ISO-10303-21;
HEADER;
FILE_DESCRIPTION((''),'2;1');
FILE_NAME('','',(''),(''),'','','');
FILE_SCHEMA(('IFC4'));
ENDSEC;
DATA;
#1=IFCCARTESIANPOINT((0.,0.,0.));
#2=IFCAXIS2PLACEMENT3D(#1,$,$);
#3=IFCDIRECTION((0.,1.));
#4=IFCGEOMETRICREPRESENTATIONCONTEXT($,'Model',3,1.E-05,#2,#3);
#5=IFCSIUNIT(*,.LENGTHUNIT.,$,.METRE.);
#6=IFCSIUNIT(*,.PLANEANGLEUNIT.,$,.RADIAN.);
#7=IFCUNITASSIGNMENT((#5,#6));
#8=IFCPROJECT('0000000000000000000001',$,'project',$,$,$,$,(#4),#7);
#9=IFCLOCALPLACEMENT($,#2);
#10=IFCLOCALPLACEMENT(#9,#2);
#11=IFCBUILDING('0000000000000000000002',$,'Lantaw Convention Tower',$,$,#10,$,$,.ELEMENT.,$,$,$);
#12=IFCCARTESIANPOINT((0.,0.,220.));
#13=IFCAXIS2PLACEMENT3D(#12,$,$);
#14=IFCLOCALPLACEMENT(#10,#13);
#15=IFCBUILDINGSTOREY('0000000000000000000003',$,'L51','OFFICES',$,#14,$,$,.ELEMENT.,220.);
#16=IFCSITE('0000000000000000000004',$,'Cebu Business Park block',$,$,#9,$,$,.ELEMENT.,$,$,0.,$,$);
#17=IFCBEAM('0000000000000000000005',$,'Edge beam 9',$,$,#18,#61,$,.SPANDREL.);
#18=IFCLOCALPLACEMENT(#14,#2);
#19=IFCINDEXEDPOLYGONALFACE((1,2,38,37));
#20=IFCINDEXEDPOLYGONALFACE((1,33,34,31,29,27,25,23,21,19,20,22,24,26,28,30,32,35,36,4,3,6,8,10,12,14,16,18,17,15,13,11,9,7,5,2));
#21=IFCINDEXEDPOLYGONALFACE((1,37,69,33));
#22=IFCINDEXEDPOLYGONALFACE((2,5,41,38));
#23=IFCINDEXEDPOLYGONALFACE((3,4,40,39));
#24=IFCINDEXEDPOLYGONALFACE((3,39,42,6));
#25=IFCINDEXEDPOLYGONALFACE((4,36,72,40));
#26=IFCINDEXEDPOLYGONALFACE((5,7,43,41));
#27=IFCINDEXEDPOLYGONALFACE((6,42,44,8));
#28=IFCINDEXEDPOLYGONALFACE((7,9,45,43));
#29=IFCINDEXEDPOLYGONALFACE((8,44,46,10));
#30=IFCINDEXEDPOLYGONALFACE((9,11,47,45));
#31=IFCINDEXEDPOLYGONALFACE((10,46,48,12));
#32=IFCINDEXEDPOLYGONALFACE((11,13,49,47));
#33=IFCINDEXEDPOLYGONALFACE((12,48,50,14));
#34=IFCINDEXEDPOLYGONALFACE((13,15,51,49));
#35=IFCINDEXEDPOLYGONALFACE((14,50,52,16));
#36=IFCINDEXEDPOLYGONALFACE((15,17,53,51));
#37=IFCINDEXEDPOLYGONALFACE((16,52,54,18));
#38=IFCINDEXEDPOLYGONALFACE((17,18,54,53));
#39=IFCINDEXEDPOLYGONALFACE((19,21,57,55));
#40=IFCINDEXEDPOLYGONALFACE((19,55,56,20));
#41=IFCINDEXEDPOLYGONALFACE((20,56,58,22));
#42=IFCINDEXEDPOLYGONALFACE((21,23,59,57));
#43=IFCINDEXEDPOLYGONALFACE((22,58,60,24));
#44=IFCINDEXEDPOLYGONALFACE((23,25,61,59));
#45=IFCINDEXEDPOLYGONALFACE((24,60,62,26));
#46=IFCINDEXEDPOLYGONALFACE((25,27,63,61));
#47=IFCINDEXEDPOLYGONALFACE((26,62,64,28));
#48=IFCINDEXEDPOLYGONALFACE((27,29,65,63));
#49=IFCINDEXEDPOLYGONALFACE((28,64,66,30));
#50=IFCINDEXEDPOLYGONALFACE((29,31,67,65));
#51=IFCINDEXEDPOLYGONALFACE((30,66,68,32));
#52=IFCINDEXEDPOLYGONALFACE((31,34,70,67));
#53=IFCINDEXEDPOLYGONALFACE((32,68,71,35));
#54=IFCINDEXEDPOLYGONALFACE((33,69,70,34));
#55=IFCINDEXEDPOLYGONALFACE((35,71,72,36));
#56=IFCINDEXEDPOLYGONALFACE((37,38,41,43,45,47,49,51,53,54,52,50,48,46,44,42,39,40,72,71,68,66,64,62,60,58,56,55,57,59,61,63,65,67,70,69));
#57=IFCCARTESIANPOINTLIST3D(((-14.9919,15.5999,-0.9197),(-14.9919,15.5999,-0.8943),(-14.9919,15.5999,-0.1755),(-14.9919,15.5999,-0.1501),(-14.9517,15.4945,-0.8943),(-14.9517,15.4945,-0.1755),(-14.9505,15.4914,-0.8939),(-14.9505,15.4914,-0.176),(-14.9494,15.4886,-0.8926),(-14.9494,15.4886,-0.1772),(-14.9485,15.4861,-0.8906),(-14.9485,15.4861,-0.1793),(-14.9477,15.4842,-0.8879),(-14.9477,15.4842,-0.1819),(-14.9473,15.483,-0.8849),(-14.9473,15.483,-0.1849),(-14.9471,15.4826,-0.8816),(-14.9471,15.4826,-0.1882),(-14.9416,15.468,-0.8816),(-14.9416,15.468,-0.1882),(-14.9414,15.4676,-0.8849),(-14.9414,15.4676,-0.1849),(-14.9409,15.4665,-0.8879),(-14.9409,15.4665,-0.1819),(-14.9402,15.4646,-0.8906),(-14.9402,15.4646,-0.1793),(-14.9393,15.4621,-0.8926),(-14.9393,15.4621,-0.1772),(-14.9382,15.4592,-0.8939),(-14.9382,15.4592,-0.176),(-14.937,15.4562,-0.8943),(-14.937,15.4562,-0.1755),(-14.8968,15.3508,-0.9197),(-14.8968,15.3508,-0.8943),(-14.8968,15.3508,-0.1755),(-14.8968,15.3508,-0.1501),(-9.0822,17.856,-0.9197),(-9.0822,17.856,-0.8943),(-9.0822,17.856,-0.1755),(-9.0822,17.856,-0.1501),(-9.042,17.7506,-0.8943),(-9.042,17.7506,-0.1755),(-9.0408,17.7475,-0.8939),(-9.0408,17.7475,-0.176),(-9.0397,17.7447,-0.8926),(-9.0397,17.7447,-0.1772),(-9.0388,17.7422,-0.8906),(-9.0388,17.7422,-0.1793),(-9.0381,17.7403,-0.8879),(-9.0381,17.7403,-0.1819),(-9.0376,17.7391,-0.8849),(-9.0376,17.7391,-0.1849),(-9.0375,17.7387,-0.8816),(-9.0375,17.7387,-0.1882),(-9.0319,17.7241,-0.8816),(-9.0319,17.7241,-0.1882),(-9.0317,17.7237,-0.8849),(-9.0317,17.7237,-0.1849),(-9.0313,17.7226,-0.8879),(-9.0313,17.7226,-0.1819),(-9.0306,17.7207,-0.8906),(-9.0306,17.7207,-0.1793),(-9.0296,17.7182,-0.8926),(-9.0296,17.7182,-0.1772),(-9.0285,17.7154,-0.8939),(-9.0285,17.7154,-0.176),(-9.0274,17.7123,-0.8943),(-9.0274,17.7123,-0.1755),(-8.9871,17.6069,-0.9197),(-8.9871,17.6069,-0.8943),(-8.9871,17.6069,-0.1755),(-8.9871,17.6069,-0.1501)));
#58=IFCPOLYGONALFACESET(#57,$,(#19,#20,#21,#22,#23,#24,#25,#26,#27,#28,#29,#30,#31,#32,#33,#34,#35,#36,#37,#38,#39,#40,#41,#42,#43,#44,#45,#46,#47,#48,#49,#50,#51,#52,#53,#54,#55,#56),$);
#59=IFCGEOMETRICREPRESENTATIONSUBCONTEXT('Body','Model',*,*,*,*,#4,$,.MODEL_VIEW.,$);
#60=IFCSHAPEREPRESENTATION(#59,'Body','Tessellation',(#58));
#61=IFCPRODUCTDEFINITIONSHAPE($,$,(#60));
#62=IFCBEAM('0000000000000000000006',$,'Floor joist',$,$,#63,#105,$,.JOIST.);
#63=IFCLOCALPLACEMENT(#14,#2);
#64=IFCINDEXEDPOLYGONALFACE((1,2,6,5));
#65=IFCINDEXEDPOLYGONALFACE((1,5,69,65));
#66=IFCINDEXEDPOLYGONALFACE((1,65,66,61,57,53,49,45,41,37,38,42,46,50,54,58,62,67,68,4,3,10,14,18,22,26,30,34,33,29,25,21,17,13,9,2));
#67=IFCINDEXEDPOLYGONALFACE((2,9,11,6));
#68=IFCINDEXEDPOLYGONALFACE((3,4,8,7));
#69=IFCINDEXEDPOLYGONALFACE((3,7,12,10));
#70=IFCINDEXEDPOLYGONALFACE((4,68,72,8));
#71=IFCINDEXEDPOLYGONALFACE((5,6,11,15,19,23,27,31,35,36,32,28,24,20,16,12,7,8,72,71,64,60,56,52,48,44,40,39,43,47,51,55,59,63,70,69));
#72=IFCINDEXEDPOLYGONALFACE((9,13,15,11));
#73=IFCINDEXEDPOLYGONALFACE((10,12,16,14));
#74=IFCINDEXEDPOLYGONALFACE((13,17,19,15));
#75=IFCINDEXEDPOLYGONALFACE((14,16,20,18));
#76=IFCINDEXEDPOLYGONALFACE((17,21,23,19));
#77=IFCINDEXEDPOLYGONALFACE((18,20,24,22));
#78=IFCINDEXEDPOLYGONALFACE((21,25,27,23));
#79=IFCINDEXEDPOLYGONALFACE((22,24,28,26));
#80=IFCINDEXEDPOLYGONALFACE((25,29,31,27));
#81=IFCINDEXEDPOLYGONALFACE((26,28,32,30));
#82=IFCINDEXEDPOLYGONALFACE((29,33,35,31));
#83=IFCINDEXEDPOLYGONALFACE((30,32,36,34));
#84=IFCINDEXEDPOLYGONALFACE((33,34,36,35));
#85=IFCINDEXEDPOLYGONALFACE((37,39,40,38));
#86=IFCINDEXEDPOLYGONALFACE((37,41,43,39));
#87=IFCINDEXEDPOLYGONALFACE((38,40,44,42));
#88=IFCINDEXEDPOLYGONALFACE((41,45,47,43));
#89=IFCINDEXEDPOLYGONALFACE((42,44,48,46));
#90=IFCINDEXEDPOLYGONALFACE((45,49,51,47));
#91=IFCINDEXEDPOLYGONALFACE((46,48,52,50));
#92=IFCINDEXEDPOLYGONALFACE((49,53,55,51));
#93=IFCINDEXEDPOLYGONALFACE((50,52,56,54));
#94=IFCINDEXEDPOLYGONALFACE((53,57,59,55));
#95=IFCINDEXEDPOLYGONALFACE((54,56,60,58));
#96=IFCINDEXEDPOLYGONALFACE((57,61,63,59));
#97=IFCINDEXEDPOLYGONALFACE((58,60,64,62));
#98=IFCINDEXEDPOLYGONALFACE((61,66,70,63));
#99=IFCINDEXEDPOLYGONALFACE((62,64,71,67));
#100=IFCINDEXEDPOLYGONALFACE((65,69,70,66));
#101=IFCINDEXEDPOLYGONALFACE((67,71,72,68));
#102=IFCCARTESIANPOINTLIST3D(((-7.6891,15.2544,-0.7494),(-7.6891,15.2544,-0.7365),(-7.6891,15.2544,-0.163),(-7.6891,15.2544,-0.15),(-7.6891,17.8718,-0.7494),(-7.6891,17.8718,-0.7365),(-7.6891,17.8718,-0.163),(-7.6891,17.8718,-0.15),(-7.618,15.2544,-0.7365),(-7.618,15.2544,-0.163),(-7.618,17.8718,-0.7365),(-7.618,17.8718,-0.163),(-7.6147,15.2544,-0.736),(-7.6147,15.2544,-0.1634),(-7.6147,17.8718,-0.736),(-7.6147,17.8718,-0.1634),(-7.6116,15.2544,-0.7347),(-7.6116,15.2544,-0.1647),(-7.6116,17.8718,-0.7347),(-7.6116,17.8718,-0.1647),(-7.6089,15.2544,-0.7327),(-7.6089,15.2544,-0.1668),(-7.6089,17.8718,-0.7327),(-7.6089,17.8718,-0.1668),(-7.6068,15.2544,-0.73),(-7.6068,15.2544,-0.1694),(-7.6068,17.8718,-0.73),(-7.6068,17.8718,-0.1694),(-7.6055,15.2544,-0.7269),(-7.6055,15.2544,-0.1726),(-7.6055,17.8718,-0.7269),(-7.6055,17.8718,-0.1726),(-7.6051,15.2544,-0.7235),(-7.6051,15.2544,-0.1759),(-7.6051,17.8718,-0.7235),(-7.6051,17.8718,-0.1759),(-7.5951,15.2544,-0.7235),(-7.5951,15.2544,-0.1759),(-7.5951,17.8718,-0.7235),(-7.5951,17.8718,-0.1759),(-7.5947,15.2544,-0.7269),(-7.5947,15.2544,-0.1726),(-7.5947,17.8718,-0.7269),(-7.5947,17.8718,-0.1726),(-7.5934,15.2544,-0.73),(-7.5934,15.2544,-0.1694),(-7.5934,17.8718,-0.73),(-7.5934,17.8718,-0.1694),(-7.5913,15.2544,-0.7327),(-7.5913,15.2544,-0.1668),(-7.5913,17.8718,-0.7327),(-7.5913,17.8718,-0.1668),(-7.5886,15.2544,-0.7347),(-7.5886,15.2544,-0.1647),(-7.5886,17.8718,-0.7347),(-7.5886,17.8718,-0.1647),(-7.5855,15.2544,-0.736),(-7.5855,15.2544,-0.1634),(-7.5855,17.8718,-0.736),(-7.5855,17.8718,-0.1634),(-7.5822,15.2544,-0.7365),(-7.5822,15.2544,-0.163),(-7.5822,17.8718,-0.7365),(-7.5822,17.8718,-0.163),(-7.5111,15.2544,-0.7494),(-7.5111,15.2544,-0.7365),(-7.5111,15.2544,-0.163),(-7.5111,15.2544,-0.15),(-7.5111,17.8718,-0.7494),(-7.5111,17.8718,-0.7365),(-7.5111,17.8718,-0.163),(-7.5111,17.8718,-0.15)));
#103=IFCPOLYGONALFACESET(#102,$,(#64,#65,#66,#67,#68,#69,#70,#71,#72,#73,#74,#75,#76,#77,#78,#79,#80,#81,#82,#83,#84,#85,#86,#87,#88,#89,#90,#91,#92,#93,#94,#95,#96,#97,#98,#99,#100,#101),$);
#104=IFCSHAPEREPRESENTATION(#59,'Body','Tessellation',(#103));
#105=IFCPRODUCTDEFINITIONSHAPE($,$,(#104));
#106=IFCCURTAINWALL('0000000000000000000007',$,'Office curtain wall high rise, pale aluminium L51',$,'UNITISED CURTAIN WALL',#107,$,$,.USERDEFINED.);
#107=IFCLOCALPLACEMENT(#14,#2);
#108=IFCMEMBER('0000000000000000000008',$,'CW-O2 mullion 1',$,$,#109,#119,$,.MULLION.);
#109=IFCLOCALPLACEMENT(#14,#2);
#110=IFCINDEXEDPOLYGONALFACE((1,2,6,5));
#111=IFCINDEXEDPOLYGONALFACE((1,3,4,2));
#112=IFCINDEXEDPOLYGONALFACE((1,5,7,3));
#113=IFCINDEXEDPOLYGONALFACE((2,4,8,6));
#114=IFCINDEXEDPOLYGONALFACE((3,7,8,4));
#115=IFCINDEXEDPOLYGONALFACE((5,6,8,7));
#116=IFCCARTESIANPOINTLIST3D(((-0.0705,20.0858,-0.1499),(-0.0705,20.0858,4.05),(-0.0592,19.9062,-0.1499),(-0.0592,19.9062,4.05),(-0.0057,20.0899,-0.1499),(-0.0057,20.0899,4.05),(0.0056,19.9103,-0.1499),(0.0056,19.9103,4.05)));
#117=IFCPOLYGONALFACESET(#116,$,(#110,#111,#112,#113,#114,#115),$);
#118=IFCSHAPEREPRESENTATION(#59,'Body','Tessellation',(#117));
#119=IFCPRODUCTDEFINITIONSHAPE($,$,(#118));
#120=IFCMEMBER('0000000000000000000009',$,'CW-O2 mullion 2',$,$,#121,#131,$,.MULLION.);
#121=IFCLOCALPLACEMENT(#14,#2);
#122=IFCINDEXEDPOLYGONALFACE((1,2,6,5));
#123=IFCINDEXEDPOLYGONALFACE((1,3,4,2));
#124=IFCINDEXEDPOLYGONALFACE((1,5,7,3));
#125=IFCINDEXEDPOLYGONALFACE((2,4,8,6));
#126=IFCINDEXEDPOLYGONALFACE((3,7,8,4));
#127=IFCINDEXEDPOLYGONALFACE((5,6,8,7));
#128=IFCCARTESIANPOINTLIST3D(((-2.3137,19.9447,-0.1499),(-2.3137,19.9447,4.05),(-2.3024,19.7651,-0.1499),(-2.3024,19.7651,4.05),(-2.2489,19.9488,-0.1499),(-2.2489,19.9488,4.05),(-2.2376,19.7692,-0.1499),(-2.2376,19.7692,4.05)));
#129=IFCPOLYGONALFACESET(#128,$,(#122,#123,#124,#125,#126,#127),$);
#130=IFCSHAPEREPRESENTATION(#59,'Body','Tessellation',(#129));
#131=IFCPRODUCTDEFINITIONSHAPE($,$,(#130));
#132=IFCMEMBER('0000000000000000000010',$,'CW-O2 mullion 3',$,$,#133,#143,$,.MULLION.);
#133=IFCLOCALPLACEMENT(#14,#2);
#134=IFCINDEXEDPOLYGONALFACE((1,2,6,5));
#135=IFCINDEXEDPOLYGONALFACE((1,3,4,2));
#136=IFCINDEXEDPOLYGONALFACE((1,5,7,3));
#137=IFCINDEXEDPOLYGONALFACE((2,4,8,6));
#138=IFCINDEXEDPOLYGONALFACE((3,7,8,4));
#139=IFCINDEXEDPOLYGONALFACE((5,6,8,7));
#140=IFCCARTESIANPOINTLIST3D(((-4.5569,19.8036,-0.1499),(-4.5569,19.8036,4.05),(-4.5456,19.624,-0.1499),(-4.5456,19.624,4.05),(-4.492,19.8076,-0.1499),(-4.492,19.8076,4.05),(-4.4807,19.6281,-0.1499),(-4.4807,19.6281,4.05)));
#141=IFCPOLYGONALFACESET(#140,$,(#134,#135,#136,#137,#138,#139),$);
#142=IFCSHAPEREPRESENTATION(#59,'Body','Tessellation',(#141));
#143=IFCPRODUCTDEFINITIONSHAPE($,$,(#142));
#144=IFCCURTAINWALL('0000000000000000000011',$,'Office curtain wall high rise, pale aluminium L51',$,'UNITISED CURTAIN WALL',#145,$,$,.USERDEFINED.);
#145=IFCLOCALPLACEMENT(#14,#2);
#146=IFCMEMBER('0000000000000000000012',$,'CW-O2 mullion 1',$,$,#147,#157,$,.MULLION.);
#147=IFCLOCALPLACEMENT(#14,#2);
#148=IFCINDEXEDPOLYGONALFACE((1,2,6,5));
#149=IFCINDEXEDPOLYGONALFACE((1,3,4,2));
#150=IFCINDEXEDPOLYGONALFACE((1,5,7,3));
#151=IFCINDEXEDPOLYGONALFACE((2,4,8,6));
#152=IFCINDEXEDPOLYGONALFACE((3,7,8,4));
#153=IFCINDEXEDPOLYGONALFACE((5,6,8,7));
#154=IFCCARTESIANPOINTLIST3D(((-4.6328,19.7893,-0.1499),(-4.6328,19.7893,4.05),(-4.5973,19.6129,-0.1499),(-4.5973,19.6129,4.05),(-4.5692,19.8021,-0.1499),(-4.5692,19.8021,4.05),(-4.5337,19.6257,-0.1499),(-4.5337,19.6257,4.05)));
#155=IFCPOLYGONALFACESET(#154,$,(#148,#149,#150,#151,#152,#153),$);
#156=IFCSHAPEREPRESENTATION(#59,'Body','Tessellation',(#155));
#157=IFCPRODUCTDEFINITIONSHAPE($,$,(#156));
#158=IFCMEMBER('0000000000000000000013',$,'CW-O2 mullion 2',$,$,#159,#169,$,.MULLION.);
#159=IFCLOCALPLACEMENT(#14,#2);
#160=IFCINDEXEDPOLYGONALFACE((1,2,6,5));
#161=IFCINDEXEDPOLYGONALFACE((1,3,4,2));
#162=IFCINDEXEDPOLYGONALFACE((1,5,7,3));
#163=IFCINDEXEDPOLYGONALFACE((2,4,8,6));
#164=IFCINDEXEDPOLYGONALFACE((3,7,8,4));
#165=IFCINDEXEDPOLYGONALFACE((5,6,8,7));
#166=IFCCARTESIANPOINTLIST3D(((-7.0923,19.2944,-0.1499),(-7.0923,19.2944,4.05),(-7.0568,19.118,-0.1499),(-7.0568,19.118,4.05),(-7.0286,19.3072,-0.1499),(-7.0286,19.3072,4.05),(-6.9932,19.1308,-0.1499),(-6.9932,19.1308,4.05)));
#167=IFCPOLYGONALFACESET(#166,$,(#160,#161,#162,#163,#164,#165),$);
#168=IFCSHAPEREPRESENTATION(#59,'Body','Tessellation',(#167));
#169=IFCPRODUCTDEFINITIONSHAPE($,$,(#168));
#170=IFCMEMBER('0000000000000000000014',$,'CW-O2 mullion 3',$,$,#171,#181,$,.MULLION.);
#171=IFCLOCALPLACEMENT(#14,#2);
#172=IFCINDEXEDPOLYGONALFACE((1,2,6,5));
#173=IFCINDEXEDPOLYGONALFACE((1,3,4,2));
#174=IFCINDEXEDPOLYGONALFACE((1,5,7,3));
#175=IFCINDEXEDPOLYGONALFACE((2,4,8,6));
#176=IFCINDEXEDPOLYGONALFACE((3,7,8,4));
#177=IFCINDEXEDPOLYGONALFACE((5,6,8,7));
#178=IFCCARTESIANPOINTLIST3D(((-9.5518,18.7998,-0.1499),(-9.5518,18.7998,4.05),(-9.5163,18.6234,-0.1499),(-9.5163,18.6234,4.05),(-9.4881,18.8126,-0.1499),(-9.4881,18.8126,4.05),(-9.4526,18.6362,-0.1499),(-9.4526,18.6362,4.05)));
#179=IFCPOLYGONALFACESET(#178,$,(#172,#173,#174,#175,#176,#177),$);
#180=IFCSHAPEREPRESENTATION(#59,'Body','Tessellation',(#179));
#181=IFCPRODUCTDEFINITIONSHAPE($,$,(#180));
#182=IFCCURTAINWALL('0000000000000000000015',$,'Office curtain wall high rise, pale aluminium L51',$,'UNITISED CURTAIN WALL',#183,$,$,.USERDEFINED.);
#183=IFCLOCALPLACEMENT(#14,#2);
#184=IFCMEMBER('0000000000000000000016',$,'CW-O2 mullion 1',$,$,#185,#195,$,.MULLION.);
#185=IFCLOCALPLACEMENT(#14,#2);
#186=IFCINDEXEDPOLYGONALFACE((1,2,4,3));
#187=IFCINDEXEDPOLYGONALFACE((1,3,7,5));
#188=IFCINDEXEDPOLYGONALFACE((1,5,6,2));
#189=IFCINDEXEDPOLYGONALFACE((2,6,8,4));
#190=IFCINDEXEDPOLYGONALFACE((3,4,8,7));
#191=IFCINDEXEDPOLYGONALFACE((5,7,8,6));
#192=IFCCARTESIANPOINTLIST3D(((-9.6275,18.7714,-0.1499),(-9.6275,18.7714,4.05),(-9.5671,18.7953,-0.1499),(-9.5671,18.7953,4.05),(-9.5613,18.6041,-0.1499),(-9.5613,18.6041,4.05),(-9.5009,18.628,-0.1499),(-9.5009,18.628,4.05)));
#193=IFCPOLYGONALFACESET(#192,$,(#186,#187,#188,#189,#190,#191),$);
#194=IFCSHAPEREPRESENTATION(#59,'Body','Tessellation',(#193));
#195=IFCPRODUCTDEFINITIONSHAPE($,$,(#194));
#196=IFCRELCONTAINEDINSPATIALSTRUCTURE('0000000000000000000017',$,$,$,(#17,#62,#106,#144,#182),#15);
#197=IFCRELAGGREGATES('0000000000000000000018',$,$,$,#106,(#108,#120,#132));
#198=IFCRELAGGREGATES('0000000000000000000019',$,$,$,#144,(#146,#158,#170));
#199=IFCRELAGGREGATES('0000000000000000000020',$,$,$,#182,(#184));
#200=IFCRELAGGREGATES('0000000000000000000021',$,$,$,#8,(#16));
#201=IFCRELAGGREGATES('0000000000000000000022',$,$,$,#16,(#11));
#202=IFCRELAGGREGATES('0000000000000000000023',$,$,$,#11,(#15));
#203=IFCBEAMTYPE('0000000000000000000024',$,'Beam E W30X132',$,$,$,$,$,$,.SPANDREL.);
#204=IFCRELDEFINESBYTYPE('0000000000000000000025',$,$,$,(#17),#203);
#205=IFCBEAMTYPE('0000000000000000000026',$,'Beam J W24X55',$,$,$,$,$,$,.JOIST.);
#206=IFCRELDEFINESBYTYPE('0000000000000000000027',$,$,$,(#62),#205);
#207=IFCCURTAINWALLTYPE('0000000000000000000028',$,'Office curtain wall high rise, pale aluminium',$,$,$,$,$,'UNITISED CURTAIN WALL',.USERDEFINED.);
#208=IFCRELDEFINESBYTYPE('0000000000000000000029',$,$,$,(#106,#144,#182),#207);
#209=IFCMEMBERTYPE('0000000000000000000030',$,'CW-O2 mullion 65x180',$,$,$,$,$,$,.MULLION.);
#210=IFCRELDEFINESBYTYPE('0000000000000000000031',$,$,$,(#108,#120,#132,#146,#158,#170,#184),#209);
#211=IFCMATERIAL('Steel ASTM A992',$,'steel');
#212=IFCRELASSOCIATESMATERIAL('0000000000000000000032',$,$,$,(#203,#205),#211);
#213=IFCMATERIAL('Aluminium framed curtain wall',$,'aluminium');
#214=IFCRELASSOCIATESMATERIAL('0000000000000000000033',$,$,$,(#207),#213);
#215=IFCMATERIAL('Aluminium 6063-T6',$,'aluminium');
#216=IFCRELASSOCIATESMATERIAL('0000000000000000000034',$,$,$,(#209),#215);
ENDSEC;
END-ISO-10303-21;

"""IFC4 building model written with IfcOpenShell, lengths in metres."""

from ifc_helpers import new_model, si_unit, direction, frame, origin, origin_2d, place, context, subcontext, project, spatial, rectangle, i_section, extrude, material, material_profile, profile_set, type_object, element, aggregate, save


model = new_model("IFC4")

# Units and contexts
model_context = context("Model", 3, precision=1e-05, world=origin(), true_north=direction((0.0, 1.0)))
body_context = subcontext(model_context, "Body", "Model", "MODEL_VIEW")
ifc_project = project(units=[si_unit("LENGTHUNIT", "METRE"), si_unit("PLANEANGLEUNIT", "RADIAN")], contexts=[model_context])

# Site, building, storey
site_placement = place(None, origin())
site = spatial("IfcSite", under=ifc_project, at=site_placement, Name="Cebu Business Park block", CompositionType="ELEMENT", RefElevation=0.0)
building_placement = place(site_placement, origin())
building = spatial("IfcBuilding", under=site, at=building_placement, Name="Lantaw Convention Tower", CompositionType="ELEMENT")
storey_placement = place(building_placement, frame((0.0, 0.0, 220.0)))
storey = spatial("IfcBuildingStorey", under=building, at=storey_placement, Name="L51", Description="OFFICES", CompositionType="ELEMENT", Elevation=220.0)

# Beams
ifc_material_1 = material(Name="Steel ASTM A992", Category="steel")
ifc_material_profile_1 = material_profile(ifc_material_1, i_section(OverallWidth=0.2666, OverallDepth=0.7695, WebThickness=0.0156, FlangeThickness=0.0254, FilletRadius=0.0127, at=origin_2d()), Name="W30X132")
ifc_profile_set_1 = profile_set([ifc_material_profile_1], Name="Steel ASTM A992")
beam_type_1 = type_object("IfcBeamType", Name="Beam E W30X132", PredefinedType="SPANDREL", material=ifc_profile_set_1)
beam_1_placement = place(storey_placement, frame((-9.0347, 17.7314, -0.5349), z_axis=(-0.934235, -0.356658, 0.0), x_axis=(0.356658, -0.934235, 0.0)))
element("IfcBeam", 1, at=beam_1_placement, inside=storey, type_object=beam_type_1, Name="Edge beam 9", PredefinedType="SPANDREL", context=body_context, shape_type="SweptSolid", body=[
    extrude(i_section(OverallWidth=0.2666, OverallDepth=0.7695, WebThickness=0.0156, FlangeThickness=0.0254, FilletRadius=0.0127, at=origin_2d()), origin(), (0.0, 0.0, 1.0), 6.3257),
])
ifc_material_profile_2 = material_profile(ifc_material_1, i_section(OverallWidth=0.178, OverallDepth=0.5994, WebThickness=0.01, FlangeThickness=0.0129, FilletRadius=0.0129, at=origin_2d()), Name="W24X55")
ifc_profile_set_2 = profile_set([ifc_material_profile_2], Name="Steel ASTM A992")
beam_type_2 = type_object("IfcBeamType", Name="Beam J W24X55", PredefinedType="JOIST", material=ifc_profile_set_2)
beam_2_placement = place(storey_placement, frame((-7.6001, 15.2544, -0.4497), z_axis=(0.0, 1.0, 0.0), x_axis=(-1.0, 0.0, 0.0)))
element("IfcBeam", 2, at=beam_2_placement, inside=storey, type_object=beam_type_2, Name="Floor joist", PredefinedType="JOIST", context=body_context, shape_type="SweptSolid", body=[
    extrude(i_section(OverallWidth=0.178, OverallDepth=0.5994, WebThickness=0.01, FlangeThickness=0.0129, FilletRadius=0.0129, at=origin_2d()), origin(), (0.0, 0.0, 1.0), 2.6174),
])

# Curtain walls, members
ifc_material_2 = material(Name="Aluminium framed curtain wall", Category="aluminium")
curtain_wall_type = type_object("IfcCurtainWallType", Name="Office curtain wall high rise, pale aluminium", ElementType="UNITISED CURTAIN WALL", PredefinedType="USERDEFINED", material=ifc_material_2)
curtain_wall_1_placement = place(storey_placement, origin())
curtain_wall_1 = element("IfcCurtainWall", 3, at=curtain_wall_1_placement, inside=storey, type_object=curtain_wall_type, Name="Office curtain wall high rise, pale aluminium L51", ObjectType="UNITISED CURTAIN WALL", PredefinedType="USERDEFINED")
ifc_material_3 = material(Name="Aluminium 6063-T6", Category="aluminium")
ifc_material_profile_3 = material_profile(ifc_material_3, rectangle(XDim=0.1799, YDim=0.0649, at=origin_2d()), Name="CW-O2 mullion 65x180")
ifc_profile_set_3 = profile_set([ifc_material_profile_3], Name="Aluminium 6063-T6")
member_type_1 = type_object("IfcMemberType", Name="CW-O2 mullion 65x180", PredefinedType="MULLION", material=ifc_profile_set_3)
member_1_placement = place(storey_placement, frame((-0.0325, 19.998, -0.1499), z_axis=(0.0, 0.0, 1.0), x_axis=(0.062758, -0.998029, 0.0)))
member_1 = element("IfcMember", 4, at=member_1_placement, type_object=member_type_1, Name="CW-O2 mullion 1", PredefinedType="MULLION", context=body_context, shape_type="SweptSolid", body=[
    extrude(rectangle(XDim=0.1799, YDim=0.0649, at=origin_2d()), origin(), (0.0, 0.0, 1.0), 4.2),
])
member_2_placement = place(storey_placement, frame((-2.2756, 19.8569, -0.1499), z_axis=(0.0, 0.0, 1.0), x_axis=(0.062758, -0.998029, 0.0)))
member_2 = element("IfcMember", 5, at=member_2_placement, type_object=member_type_1, Name="CW-O2 mullion 2", PredefinedType="MULLION", context=body_context, shape_type="SweptSolid", body=[
    extrude(rectangle(XDim=0.1799, YDim=0.0649, at=origin_2d()), origin(), (0.0, 0.0, 1.0), 4.2),
])
member_3_placement = place(storey_placement, frame((-4.5188, 19.7158, -0.1499), z_axis=(0.0, 0.0, 1.0), x_axis=(0.062758, -0.998029, 0.0)))
member_3 = element("IfcMember", 6, at=member_3_placement, type_object=member_type_1, Name="CW-O2 mullion 3", PredefinedType="MULLION", context=body_context, shape_type="SweptSolid", body=[
    extrude(rectangle(XDim=0.1799, YDim=0.0649, at=origin_2d()), origin(), (0.0, 0.0, 1.0), 4.2),
])
curtain_wall_2_placement = place(storey_placement, origin())
curtain_wall_2 = element("IfcCurtainWall", 7, at=curtain_wall_2_placement, inside=storey, type_object=curtain_wall_type, Name="Office curtain wall high rise, pale aluminium L51", ObjectType="UNITISED CURTAIN WALL", PredefinedType="USERDEFINED")
member_4_placement = place(storey_placement, frame((-4.5833, 19.7075, -0.1499), z_axis=(0.0, 0.0, 1.0), x_axis=(0.197183, -0.980367, 0.0)))
member_4 = element("IfcMember", 8, at=member_4_placement, type_object=member_type_1, Name="CW-O2 mullion 1", PredefinedType="MULLION", context=body_context, shape_type="SweptSolid", body=[
    extrude(rectangle(XDim=0.1799, YDim=0.0649, at=origin_2d()), origin(), (0.0, 0.0, 1.0), 4.2),
])
member_5_placement = place(storey_placement, frame((-7.0427, 19.2126, -0.1499), z_axis=(0.0, 0.0, 1.0), x_axis=(0.197183, -0.980367, 0.0)))
member_5 = element("IfcMember", 9, at=member_5_placement, type_object=member_type_1, Name="CW-O2 mullion 2", PredefinedType="MULLION", context=body_context, shape_type="SweptSolid", body=[
    extrude(rectangle(XDim=0.1799, YDim=0.0649, at=origin_2d()), origin(), (0.0, 0.0, 1.0), 4.2),
])
member_6_placement = place(storey_placement, frame((-9.5022, 18.718, -0.1499), z_axis=(0.0, 0.0, 1.0), x_axis=(0.197183, -0.980367, 0.0)))
member_6 = element("IfcMember", 10, at=member_6_placement, type_object=member_type_1, Name="CW-O2 mullion 3", PredefinedType="MULLION", context=body_context, shape_type="SweptSolid", body=[
    extrude(rectangle(XDim=0.1799, YDim=0.0649, at=origin_2d()), origin(), (0.0, 0.0, 1.0), 4.2),
])

# Curtain wall, member
curtain_wall_3_placement = place(storey_placement, origin())
curtain_wall_3 = element("IfcCurtainWall", 11, at=curtain_wall_3_placement, inside=storey, type_object=curtain_wall_type, Name="Office curtain wall high rise, pale aluminium L51", ObjectType="UNITISED CURTAIN WALL", PredefinedType="USERDEFINED")
member_7_placement = place(storey_placement, frame((-9.5642, 18.6997, -0.1499), z_axis=(0.0, 0.0, 1.0), x_axis=(0.368162, -0.929762, 0.0)))
member_7 = element("IfcMember", 12, at=member_7_placement, type_object=member_type_1, Name="CW-O2 mullion 1", PredefinedType="MULLION", context=body_context, shape_type="SweptSolid", body=[
    extrude(rectangle(XDim=0.1799, YDim=0.0649, at=origin_2d()), origin(), (0.0, 0.0, 1.0), 4.2),
])

aggregate(curtain_wall_1, [member_1, member_2, member_3])
aggregate(curtain_wall_2, [member_4, member_5, member_6])
aggregate(curtain_wall_3, [member_7])

save(model, "model.ifc")
